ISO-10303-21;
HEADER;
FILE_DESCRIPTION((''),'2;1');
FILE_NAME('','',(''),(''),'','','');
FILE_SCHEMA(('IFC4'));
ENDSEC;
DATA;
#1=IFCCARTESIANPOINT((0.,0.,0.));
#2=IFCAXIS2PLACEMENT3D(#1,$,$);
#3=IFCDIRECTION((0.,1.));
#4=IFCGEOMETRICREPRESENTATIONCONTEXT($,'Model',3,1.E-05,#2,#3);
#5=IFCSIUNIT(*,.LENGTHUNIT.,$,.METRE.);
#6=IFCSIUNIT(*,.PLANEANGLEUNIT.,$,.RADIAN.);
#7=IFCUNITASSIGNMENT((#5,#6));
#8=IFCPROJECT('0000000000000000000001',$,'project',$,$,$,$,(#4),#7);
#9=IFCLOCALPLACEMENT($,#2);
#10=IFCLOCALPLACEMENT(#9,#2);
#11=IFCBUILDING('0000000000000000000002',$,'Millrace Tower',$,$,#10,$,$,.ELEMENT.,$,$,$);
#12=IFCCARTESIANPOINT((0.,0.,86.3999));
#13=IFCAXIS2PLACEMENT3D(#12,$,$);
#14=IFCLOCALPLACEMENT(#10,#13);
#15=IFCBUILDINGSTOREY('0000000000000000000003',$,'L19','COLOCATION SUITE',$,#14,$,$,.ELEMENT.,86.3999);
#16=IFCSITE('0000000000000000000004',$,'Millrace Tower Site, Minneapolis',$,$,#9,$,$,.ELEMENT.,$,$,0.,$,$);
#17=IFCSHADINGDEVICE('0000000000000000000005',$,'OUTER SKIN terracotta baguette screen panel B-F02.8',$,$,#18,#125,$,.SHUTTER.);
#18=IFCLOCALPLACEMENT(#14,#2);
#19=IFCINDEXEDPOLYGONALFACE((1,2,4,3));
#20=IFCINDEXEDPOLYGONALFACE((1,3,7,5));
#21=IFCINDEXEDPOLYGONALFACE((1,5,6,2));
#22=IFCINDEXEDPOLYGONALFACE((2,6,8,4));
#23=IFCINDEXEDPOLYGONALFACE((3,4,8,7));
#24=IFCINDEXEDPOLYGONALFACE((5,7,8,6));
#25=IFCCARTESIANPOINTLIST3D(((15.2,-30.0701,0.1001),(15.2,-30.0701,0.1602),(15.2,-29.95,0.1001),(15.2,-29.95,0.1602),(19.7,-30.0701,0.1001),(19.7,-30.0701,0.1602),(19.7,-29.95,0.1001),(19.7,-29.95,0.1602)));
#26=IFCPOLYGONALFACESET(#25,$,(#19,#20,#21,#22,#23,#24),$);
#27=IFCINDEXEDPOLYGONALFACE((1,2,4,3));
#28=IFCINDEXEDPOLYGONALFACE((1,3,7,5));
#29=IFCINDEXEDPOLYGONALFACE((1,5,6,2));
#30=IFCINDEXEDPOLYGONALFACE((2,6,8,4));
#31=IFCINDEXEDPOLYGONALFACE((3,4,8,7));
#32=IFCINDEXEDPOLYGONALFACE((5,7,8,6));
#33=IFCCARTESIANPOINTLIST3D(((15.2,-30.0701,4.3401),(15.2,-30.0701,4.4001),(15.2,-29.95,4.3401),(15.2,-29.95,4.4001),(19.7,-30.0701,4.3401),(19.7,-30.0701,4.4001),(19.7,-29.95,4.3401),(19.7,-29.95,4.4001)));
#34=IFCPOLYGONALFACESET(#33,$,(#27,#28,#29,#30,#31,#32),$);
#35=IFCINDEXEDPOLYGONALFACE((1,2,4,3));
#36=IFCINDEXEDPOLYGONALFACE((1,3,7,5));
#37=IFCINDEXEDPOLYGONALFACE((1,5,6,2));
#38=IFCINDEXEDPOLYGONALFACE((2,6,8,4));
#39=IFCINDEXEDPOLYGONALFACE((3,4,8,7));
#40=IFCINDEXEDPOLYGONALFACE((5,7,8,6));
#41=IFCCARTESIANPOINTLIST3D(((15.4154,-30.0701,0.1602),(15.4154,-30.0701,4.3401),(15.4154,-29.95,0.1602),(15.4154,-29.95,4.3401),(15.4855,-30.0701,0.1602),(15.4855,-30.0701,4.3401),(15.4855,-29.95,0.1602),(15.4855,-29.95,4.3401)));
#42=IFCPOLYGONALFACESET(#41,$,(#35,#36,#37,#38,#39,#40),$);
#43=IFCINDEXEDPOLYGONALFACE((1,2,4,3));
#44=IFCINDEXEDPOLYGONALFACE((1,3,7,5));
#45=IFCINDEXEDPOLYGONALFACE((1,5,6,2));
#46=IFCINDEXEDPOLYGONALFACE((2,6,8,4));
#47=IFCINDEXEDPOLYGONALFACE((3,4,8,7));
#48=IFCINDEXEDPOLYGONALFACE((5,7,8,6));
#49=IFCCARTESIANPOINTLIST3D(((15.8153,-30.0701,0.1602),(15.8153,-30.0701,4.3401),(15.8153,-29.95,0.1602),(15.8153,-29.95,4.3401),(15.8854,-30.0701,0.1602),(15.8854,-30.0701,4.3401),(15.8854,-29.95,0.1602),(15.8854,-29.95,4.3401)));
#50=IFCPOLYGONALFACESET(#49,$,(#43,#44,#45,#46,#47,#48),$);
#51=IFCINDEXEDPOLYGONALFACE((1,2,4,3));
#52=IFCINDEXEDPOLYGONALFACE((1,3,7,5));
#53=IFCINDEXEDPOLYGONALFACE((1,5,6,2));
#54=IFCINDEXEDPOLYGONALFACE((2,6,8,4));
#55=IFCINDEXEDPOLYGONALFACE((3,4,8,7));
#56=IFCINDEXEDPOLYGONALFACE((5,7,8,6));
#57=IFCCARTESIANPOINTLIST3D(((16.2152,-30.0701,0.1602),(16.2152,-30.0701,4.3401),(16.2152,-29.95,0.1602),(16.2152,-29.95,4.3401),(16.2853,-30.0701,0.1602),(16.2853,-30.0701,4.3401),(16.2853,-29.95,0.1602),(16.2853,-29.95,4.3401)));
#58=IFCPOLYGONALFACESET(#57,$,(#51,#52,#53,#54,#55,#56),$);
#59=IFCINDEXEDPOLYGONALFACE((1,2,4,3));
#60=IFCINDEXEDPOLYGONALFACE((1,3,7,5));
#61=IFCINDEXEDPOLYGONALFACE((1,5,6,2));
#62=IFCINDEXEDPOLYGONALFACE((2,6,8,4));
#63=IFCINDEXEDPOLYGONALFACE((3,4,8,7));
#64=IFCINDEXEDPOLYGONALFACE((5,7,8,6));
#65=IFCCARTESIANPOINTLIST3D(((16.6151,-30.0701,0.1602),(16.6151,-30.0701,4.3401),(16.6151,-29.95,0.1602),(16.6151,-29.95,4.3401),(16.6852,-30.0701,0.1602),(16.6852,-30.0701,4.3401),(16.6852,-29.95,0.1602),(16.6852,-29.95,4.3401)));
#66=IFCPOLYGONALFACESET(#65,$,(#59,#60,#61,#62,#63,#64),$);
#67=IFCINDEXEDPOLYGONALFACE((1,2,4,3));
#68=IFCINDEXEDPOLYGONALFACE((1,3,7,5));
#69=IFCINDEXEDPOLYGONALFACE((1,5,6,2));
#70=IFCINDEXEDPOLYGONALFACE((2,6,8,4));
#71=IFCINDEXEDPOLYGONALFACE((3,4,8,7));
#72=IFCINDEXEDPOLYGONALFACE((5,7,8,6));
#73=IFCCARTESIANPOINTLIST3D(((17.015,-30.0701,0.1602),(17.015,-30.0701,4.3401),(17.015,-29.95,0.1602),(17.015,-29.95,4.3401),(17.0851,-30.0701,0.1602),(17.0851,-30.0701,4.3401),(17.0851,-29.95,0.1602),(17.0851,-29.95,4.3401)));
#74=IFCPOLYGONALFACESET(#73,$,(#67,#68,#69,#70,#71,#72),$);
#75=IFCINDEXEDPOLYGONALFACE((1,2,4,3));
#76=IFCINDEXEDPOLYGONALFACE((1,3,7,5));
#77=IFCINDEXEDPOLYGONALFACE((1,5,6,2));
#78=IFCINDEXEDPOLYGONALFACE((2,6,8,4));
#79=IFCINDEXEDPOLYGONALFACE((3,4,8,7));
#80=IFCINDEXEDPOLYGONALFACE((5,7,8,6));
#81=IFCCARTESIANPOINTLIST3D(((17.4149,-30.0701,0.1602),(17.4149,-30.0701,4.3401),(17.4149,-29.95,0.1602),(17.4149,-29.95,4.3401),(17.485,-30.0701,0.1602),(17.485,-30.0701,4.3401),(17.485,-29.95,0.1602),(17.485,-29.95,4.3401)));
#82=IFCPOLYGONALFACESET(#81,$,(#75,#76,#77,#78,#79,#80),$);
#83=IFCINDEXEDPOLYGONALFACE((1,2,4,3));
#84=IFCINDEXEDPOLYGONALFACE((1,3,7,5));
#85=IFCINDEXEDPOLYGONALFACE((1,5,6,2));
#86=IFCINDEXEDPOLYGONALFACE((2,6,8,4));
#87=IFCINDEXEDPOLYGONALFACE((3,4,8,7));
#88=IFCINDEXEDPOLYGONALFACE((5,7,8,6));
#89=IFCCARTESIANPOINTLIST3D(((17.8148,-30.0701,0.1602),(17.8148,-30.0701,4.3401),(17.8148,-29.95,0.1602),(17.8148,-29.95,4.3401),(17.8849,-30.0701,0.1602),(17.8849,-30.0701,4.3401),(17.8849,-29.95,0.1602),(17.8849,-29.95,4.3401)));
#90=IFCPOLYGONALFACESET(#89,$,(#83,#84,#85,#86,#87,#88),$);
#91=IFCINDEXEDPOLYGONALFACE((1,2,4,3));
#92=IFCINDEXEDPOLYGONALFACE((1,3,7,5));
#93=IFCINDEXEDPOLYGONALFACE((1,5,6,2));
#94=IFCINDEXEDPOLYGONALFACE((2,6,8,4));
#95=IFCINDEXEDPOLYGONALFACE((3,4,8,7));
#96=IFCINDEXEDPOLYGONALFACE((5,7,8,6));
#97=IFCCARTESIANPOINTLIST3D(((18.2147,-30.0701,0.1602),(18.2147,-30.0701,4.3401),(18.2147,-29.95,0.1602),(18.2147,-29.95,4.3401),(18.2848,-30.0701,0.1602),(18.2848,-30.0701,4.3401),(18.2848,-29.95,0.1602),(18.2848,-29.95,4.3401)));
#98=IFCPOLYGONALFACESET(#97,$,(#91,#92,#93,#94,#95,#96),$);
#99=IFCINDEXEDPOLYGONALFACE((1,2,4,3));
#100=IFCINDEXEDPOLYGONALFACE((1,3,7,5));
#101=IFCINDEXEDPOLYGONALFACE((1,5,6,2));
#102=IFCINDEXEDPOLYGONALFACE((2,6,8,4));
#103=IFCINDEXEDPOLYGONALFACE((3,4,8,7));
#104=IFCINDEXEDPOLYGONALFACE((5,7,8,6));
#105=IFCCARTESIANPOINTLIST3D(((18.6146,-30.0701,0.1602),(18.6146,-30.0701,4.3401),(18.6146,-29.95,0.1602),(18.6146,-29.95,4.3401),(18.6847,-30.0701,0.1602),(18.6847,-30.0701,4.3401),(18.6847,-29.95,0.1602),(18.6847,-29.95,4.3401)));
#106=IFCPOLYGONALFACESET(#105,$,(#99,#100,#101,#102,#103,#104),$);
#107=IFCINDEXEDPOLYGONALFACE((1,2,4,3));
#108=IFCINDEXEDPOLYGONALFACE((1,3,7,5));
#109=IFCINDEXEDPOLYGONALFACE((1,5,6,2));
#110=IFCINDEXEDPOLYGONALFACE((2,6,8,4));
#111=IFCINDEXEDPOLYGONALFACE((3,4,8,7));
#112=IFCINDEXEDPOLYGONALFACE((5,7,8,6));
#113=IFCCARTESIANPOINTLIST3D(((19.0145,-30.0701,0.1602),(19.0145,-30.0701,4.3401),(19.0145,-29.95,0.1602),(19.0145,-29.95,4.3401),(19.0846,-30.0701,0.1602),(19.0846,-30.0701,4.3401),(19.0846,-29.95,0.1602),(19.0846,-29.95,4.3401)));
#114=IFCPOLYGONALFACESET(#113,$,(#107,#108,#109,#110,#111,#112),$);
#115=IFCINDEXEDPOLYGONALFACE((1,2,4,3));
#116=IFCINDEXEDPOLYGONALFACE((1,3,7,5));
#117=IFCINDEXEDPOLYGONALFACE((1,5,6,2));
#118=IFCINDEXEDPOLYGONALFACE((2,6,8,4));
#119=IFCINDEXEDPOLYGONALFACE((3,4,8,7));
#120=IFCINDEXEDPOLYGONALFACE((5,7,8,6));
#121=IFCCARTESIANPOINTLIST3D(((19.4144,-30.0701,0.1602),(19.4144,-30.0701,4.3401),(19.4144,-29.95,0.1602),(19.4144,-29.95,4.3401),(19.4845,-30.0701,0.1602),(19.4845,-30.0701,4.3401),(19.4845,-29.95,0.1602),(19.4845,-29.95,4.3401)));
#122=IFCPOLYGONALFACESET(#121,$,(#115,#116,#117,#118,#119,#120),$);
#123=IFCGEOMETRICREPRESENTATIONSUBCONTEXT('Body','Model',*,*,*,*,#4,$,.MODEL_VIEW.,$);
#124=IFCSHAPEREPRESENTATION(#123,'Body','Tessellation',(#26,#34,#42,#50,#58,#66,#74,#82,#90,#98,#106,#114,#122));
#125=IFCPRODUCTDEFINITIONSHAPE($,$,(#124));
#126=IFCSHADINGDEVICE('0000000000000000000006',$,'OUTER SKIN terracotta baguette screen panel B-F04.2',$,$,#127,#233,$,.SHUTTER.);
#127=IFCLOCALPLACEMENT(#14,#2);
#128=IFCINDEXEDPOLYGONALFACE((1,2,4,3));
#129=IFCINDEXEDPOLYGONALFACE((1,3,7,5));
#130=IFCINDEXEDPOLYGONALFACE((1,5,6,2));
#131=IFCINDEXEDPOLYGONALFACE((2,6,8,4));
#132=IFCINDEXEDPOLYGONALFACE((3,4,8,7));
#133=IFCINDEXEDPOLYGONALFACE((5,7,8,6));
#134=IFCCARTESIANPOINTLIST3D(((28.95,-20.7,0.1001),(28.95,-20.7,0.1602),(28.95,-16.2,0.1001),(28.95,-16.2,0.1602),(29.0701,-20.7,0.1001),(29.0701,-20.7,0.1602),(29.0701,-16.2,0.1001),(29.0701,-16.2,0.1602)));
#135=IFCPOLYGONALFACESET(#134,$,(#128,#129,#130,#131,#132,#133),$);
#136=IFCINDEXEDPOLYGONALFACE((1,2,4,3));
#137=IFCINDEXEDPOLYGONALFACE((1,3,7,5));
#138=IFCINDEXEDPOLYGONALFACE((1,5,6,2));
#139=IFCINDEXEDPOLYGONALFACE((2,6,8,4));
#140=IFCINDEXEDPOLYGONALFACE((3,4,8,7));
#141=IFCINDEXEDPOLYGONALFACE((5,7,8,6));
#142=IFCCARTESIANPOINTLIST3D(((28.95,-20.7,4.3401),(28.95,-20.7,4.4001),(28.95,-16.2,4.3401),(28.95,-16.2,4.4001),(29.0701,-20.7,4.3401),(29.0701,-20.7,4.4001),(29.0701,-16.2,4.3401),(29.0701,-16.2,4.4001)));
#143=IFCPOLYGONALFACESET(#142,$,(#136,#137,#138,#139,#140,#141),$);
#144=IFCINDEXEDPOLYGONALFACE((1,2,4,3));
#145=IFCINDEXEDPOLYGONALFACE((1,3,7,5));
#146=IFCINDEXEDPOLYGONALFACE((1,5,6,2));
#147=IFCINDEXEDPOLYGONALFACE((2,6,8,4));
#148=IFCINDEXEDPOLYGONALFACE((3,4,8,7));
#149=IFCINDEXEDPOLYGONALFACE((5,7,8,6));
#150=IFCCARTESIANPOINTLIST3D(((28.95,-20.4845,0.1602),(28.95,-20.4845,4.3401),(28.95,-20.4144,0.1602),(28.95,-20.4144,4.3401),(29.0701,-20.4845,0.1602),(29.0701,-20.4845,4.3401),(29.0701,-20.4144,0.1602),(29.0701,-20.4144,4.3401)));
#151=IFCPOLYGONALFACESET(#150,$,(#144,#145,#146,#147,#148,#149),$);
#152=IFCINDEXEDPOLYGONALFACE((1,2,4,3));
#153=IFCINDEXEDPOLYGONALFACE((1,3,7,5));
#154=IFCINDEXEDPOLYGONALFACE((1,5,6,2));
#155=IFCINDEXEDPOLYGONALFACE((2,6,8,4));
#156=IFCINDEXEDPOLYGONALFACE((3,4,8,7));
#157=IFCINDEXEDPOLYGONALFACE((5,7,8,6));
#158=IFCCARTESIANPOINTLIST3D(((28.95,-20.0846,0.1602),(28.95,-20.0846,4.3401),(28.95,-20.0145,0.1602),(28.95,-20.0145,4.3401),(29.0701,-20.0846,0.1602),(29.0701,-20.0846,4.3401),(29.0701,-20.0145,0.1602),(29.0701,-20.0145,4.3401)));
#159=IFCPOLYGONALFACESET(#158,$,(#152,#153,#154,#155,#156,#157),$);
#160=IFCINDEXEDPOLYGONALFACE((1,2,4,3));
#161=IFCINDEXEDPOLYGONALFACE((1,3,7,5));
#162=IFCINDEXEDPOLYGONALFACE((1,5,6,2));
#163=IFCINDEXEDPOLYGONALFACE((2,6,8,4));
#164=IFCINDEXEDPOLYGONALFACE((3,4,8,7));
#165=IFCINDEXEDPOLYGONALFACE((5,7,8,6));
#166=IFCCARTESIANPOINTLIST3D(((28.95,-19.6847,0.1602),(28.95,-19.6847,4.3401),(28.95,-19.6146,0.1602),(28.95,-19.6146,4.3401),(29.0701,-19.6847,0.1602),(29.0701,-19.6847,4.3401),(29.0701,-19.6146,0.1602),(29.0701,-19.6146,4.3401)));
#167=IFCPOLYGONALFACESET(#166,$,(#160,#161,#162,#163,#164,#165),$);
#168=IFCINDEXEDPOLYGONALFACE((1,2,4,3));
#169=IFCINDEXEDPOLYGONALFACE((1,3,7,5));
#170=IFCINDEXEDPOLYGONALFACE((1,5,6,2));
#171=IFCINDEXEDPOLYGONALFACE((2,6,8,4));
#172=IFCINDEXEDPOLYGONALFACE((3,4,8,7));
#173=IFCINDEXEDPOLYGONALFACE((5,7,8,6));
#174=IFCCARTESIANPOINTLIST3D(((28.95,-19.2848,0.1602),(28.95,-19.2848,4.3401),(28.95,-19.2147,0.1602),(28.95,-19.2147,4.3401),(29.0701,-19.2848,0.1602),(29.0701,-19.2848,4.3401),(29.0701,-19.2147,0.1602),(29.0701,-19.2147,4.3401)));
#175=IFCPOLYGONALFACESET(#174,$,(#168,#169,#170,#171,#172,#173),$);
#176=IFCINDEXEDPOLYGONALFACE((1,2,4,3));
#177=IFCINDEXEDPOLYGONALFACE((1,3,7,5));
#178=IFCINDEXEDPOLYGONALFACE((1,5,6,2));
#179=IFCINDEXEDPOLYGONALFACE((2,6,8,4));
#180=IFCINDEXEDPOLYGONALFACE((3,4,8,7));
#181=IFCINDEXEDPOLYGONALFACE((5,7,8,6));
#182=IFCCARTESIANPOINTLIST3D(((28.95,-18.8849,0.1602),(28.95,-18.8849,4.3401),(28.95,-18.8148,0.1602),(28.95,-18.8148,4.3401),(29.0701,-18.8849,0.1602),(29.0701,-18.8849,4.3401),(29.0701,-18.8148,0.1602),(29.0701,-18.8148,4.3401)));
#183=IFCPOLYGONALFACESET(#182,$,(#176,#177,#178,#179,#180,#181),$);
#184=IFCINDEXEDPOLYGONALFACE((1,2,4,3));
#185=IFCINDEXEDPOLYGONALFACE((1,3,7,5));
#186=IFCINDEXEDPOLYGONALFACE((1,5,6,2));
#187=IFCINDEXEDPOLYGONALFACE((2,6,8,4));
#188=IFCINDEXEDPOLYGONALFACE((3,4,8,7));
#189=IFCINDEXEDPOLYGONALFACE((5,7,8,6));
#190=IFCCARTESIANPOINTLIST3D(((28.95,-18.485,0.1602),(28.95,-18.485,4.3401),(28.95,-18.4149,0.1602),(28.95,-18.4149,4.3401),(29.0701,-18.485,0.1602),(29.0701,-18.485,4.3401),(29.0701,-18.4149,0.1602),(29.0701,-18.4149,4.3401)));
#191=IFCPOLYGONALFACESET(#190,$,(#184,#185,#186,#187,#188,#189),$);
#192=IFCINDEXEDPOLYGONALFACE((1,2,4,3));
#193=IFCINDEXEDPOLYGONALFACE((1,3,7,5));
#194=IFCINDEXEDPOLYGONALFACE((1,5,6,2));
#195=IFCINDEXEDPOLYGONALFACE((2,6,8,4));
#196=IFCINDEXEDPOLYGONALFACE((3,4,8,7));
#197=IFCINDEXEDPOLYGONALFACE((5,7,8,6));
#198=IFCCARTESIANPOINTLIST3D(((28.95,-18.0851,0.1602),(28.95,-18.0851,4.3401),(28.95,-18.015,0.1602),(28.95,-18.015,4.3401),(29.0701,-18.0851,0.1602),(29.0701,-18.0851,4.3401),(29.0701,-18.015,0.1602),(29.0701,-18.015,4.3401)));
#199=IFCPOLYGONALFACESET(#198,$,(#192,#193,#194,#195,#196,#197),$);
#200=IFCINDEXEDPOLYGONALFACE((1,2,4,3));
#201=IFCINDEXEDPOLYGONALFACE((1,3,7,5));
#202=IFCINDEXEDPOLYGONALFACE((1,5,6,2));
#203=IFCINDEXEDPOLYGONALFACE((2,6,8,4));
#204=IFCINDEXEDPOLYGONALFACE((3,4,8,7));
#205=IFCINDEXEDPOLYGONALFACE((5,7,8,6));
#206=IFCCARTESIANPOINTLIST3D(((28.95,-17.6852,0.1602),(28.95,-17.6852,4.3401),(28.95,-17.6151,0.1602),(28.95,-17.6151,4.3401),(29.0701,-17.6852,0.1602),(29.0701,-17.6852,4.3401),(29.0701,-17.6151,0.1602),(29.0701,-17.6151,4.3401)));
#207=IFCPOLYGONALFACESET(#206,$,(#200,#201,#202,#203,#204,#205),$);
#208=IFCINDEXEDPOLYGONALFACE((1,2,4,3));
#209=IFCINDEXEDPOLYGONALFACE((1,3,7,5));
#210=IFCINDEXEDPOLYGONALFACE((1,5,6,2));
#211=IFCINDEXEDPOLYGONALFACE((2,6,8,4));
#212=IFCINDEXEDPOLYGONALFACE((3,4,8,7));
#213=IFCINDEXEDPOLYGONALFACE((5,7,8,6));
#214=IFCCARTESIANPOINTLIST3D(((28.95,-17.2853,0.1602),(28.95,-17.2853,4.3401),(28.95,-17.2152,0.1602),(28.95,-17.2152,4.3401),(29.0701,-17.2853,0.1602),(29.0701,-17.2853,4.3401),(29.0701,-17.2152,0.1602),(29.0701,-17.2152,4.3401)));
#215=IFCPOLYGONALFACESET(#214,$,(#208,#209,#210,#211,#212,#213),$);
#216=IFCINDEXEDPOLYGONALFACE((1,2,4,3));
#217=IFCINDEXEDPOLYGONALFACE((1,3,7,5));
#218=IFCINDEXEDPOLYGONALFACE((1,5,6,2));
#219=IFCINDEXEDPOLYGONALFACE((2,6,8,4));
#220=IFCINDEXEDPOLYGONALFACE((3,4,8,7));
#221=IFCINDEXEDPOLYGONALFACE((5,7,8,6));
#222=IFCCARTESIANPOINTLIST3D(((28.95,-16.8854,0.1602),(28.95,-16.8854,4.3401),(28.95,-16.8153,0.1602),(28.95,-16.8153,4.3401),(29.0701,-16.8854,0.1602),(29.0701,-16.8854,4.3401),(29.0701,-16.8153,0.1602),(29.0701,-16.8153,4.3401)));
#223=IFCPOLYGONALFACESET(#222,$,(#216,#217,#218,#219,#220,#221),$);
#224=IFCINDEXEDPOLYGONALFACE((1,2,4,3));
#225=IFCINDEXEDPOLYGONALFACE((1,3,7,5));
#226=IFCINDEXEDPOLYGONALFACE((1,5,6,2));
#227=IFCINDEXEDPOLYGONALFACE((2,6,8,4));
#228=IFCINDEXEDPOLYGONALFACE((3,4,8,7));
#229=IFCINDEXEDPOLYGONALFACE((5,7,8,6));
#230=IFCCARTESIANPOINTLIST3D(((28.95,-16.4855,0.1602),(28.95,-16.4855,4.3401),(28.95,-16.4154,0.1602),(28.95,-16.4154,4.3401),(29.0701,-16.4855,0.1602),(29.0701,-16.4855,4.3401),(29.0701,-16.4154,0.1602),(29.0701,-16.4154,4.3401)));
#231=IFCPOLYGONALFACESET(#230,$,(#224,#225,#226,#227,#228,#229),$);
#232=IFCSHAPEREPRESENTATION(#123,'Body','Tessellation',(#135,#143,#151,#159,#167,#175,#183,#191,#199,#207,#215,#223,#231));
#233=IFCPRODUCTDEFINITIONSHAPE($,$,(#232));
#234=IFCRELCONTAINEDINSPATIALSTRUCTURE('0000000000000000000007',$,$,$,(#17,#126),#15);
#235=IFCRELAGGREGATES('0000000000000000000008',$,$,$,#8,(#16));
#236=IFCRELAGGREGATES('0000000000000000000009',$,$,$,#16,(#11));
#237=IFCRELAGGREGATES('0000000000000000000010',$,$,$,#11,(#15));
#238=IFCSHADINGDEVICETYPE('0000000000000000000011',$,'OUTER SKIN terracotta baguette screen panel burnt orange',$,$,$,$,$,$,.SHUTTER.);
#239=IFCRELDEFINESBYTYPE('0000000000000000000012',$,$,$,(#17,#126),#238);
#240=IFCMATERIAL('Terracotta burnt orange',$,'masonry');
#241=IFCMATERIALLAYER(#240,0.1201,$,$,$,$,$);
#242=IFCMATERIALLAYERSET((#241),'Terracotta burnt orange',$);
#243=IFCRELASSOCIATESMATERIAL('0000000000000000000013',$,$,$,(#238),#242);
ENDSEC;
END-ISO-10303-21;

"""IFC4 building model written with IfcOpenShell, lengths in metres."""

from ifc_helpers import new_model, entity, si_unit, direction, frame, frame_2d, origin, origin_2d, place, context, subcontext, project, spatial, rectangle, extrude, source, transform, mapped, material, layer, layer_set, type_object, element, save


model = new_model("IFC4")

# Units and contexts
model_context = context("Model", 3, precision=1e-05, world=origin(), true_north=direction((0.0, 1.0)))
body_context = subcontext(model_context, "Body", "Model", "MODEL_VIEW")
ifc_project = project(units=[si_unit("LENGTHUNIT", "METRE"), si_unit("PLANEANGLEUNIT", "RADIAN")], contexts=[model_context])

# Site, building, storey
site_placement = place(None, origin())
site = spatial("IfcSite", under=ifc_project, at=site_placement, Name="Millrace Tower Site, Minneapolis", CompositionType="ELEMENT", RefElevation=0.0)
building_placement = place(site_placement, origin())
building = spatial("IfcBuilding", under=site, at=building_placement, Name="Millrace Tower", CompositionType="ELEMENT")
storey_placement = place(building_placement, frame((0.0, 0.0, 86.3999)))
storey = spatial("IfcBuildingStorey", under=building, at=storey_placement, Name="L19", Description="COLOCATION SUITE", CompositionType="ELEMENT", Elevation=86.3999)

# Shading devices
ifc_material_1 = material(Name="Terracotta burnt orange", Category="masonry")
ifc_layer_1 = layer(ifc_material_1, 0.1201)
ifc_layer_set_1 = layer_set([ifc_layer_1], Name="Terracotta burnt orange")
shading_device_type = type_object("IfcShadingDeviceType", Name="OUTER SKIN terracotta baguette screen panel burnt orange", PredefinedType="SHUTTER", material=ifc_layer_set_1)
cartesian_point_1 = entity("IfcCartesianPoint", [-2.25, 0.0601])
shared_polyline_1 = entity("IfcPolyline", [cartesian_point_1, entity("IfcCartesianPoint", [2.25, 0.0601]), entity("IfcCartesianPoint", [2.25, -0.0601]), entity("IfcCartesianPoint", [-2.25, -0.0601]), cartesian_point_1])
shared_shape_1 = source(origin(), body_context, "Body", "SweptSolid", [
    entity("IfcExtrudedAreaSolid", entity("IfcArbitraryClosedProfileDef", "AREA", None, shared_polyline_1), entity("IfcAxis2Placement3D", entity("IfcCartesianPoint", [0.0, 0.0, 0.0])), entity("IfcDirection", [0.0, 0.0, 1.0]), 0.0601),
    entity("IfcExtrudedAreaSolid", entity("IfcArbitraryClosedProfileDef", "AREA", None, shared_polyline_1), entity("IfcAxis2Placement3D", entity("IfcCartesianPoint", [0.0, 0.0, 4.24])), entity("IfcDirection", [0.0, 0.0, 1.0]), 0.0601),
    extrude(rectangle(XDim=0.0701, YDim=0.1201, at=frame_2d((-1.9995, 0.0))), frame((0.0, 0.0, 0.0601)), (0.0, 0.0, 1.0), 4.1799),
    extrude(rectangle(XDim=0.0701, YDim=0.1201, at=frame_2d((-1.5996, 0.0))), frame((0.0, 0.0, 0.0601)), (0.0, 0.0, 1.0), 4.1799),
    extrude(rectangle(XDim=0.0701, YDim=0.1201, at=frame_2d((-1.1997, 0.0))), frame((0.0, 0.0, 0.0601)), (0.0, 0.0, 1.0), 4.1799),
    extrude(rectangle(XDim=0.0701, YDim=0.1201, at=frame_2d((-0.7998, 0.0))), frame((0.0, 0.0, 0.0601)), (0.0, 0.0, 1.0), 4.1799),
    extrude(rectangle(XDim=0.0701, YDim=0.1201, at=frame_2d((-0.3999, 0.0))), frame((0.0, 0.0, 0.0601)), (0.0, 0.0, 1.0), 4.1799),
    extrude(rectangle(XDim=0.0701, YDim=0.1201, at=origin_2d()), frame((0.0, 0.0, 0.0601)), (0.0, 0.0, 1.0), 4.1799),
    extrude(rectangle(XDim=0.0701, YDim=0.1201, at=frame_2d((0.3999, 0.0))), frame((0.0, 0.0, 0.0601)), (0.0, 0.0, 1.0), 4.1799),
    extrude(rectangle(XDim=0.0701, YDim=0.1201, at=frame_2d((0.7998, 0.0))), frame((0.0, 0.0, 0.0601)), (0.0, 0.0, 1.0), 4.1799),
    extrude(rectangle(XDim=0.0701, YDim=0.1201, at=frame_2d((1.1997, 0.0))), frame((0.0, 0.0, 0.0601)), (0.0, 0.0, 1.0), 4.1799),
    extrude(rectangle(XDim=0.0701, YDim=0.1201, at=frame_2d((1.5996, 0.0))), frame((0.0, 0.0, 0.0601)), (0.0, 0.0, 1.0), 4.1799),
    extrude(rectangle(XDim=0.0701, YDim=0.1201, at=frame_2d((1.9995, 0.0))), frame((0.0, 0.0, 0.0601)), (0.0, 0.0, 1.0), 4.1799),
])
for number, where, z_axis, x_axis, name in (
    (1, (17.45, -30.01, 0.1001), (0.0, 0.0, 1.0), (1.0, 0.0, 0.0), "OUTER SKIN terracotta baguette screen panel B-F02.8"),
    (2, (29.01, -18.45, 0.1001), (0.0, 0.0, 1.0), (0.0, 1.0, 0.0), "OUTER SKIN terracotta baguette screen panel B-F04.2"),
):
    element("IfcShadingDevice", number, at=place(storey_placement, frame(where, z_axis=z_axis, x_axis=x_axis)), inside=storey, type_object=shading_device_type, Name=name, PredefinedType="SHUTTER", context=body_context, shape_type="MappedRepresentation", body=[
        mapped(shared_shape_1, transform((0.0, 0.0, 0.0), scale=1.0)),
    ])

save(model, "model.ifc")
